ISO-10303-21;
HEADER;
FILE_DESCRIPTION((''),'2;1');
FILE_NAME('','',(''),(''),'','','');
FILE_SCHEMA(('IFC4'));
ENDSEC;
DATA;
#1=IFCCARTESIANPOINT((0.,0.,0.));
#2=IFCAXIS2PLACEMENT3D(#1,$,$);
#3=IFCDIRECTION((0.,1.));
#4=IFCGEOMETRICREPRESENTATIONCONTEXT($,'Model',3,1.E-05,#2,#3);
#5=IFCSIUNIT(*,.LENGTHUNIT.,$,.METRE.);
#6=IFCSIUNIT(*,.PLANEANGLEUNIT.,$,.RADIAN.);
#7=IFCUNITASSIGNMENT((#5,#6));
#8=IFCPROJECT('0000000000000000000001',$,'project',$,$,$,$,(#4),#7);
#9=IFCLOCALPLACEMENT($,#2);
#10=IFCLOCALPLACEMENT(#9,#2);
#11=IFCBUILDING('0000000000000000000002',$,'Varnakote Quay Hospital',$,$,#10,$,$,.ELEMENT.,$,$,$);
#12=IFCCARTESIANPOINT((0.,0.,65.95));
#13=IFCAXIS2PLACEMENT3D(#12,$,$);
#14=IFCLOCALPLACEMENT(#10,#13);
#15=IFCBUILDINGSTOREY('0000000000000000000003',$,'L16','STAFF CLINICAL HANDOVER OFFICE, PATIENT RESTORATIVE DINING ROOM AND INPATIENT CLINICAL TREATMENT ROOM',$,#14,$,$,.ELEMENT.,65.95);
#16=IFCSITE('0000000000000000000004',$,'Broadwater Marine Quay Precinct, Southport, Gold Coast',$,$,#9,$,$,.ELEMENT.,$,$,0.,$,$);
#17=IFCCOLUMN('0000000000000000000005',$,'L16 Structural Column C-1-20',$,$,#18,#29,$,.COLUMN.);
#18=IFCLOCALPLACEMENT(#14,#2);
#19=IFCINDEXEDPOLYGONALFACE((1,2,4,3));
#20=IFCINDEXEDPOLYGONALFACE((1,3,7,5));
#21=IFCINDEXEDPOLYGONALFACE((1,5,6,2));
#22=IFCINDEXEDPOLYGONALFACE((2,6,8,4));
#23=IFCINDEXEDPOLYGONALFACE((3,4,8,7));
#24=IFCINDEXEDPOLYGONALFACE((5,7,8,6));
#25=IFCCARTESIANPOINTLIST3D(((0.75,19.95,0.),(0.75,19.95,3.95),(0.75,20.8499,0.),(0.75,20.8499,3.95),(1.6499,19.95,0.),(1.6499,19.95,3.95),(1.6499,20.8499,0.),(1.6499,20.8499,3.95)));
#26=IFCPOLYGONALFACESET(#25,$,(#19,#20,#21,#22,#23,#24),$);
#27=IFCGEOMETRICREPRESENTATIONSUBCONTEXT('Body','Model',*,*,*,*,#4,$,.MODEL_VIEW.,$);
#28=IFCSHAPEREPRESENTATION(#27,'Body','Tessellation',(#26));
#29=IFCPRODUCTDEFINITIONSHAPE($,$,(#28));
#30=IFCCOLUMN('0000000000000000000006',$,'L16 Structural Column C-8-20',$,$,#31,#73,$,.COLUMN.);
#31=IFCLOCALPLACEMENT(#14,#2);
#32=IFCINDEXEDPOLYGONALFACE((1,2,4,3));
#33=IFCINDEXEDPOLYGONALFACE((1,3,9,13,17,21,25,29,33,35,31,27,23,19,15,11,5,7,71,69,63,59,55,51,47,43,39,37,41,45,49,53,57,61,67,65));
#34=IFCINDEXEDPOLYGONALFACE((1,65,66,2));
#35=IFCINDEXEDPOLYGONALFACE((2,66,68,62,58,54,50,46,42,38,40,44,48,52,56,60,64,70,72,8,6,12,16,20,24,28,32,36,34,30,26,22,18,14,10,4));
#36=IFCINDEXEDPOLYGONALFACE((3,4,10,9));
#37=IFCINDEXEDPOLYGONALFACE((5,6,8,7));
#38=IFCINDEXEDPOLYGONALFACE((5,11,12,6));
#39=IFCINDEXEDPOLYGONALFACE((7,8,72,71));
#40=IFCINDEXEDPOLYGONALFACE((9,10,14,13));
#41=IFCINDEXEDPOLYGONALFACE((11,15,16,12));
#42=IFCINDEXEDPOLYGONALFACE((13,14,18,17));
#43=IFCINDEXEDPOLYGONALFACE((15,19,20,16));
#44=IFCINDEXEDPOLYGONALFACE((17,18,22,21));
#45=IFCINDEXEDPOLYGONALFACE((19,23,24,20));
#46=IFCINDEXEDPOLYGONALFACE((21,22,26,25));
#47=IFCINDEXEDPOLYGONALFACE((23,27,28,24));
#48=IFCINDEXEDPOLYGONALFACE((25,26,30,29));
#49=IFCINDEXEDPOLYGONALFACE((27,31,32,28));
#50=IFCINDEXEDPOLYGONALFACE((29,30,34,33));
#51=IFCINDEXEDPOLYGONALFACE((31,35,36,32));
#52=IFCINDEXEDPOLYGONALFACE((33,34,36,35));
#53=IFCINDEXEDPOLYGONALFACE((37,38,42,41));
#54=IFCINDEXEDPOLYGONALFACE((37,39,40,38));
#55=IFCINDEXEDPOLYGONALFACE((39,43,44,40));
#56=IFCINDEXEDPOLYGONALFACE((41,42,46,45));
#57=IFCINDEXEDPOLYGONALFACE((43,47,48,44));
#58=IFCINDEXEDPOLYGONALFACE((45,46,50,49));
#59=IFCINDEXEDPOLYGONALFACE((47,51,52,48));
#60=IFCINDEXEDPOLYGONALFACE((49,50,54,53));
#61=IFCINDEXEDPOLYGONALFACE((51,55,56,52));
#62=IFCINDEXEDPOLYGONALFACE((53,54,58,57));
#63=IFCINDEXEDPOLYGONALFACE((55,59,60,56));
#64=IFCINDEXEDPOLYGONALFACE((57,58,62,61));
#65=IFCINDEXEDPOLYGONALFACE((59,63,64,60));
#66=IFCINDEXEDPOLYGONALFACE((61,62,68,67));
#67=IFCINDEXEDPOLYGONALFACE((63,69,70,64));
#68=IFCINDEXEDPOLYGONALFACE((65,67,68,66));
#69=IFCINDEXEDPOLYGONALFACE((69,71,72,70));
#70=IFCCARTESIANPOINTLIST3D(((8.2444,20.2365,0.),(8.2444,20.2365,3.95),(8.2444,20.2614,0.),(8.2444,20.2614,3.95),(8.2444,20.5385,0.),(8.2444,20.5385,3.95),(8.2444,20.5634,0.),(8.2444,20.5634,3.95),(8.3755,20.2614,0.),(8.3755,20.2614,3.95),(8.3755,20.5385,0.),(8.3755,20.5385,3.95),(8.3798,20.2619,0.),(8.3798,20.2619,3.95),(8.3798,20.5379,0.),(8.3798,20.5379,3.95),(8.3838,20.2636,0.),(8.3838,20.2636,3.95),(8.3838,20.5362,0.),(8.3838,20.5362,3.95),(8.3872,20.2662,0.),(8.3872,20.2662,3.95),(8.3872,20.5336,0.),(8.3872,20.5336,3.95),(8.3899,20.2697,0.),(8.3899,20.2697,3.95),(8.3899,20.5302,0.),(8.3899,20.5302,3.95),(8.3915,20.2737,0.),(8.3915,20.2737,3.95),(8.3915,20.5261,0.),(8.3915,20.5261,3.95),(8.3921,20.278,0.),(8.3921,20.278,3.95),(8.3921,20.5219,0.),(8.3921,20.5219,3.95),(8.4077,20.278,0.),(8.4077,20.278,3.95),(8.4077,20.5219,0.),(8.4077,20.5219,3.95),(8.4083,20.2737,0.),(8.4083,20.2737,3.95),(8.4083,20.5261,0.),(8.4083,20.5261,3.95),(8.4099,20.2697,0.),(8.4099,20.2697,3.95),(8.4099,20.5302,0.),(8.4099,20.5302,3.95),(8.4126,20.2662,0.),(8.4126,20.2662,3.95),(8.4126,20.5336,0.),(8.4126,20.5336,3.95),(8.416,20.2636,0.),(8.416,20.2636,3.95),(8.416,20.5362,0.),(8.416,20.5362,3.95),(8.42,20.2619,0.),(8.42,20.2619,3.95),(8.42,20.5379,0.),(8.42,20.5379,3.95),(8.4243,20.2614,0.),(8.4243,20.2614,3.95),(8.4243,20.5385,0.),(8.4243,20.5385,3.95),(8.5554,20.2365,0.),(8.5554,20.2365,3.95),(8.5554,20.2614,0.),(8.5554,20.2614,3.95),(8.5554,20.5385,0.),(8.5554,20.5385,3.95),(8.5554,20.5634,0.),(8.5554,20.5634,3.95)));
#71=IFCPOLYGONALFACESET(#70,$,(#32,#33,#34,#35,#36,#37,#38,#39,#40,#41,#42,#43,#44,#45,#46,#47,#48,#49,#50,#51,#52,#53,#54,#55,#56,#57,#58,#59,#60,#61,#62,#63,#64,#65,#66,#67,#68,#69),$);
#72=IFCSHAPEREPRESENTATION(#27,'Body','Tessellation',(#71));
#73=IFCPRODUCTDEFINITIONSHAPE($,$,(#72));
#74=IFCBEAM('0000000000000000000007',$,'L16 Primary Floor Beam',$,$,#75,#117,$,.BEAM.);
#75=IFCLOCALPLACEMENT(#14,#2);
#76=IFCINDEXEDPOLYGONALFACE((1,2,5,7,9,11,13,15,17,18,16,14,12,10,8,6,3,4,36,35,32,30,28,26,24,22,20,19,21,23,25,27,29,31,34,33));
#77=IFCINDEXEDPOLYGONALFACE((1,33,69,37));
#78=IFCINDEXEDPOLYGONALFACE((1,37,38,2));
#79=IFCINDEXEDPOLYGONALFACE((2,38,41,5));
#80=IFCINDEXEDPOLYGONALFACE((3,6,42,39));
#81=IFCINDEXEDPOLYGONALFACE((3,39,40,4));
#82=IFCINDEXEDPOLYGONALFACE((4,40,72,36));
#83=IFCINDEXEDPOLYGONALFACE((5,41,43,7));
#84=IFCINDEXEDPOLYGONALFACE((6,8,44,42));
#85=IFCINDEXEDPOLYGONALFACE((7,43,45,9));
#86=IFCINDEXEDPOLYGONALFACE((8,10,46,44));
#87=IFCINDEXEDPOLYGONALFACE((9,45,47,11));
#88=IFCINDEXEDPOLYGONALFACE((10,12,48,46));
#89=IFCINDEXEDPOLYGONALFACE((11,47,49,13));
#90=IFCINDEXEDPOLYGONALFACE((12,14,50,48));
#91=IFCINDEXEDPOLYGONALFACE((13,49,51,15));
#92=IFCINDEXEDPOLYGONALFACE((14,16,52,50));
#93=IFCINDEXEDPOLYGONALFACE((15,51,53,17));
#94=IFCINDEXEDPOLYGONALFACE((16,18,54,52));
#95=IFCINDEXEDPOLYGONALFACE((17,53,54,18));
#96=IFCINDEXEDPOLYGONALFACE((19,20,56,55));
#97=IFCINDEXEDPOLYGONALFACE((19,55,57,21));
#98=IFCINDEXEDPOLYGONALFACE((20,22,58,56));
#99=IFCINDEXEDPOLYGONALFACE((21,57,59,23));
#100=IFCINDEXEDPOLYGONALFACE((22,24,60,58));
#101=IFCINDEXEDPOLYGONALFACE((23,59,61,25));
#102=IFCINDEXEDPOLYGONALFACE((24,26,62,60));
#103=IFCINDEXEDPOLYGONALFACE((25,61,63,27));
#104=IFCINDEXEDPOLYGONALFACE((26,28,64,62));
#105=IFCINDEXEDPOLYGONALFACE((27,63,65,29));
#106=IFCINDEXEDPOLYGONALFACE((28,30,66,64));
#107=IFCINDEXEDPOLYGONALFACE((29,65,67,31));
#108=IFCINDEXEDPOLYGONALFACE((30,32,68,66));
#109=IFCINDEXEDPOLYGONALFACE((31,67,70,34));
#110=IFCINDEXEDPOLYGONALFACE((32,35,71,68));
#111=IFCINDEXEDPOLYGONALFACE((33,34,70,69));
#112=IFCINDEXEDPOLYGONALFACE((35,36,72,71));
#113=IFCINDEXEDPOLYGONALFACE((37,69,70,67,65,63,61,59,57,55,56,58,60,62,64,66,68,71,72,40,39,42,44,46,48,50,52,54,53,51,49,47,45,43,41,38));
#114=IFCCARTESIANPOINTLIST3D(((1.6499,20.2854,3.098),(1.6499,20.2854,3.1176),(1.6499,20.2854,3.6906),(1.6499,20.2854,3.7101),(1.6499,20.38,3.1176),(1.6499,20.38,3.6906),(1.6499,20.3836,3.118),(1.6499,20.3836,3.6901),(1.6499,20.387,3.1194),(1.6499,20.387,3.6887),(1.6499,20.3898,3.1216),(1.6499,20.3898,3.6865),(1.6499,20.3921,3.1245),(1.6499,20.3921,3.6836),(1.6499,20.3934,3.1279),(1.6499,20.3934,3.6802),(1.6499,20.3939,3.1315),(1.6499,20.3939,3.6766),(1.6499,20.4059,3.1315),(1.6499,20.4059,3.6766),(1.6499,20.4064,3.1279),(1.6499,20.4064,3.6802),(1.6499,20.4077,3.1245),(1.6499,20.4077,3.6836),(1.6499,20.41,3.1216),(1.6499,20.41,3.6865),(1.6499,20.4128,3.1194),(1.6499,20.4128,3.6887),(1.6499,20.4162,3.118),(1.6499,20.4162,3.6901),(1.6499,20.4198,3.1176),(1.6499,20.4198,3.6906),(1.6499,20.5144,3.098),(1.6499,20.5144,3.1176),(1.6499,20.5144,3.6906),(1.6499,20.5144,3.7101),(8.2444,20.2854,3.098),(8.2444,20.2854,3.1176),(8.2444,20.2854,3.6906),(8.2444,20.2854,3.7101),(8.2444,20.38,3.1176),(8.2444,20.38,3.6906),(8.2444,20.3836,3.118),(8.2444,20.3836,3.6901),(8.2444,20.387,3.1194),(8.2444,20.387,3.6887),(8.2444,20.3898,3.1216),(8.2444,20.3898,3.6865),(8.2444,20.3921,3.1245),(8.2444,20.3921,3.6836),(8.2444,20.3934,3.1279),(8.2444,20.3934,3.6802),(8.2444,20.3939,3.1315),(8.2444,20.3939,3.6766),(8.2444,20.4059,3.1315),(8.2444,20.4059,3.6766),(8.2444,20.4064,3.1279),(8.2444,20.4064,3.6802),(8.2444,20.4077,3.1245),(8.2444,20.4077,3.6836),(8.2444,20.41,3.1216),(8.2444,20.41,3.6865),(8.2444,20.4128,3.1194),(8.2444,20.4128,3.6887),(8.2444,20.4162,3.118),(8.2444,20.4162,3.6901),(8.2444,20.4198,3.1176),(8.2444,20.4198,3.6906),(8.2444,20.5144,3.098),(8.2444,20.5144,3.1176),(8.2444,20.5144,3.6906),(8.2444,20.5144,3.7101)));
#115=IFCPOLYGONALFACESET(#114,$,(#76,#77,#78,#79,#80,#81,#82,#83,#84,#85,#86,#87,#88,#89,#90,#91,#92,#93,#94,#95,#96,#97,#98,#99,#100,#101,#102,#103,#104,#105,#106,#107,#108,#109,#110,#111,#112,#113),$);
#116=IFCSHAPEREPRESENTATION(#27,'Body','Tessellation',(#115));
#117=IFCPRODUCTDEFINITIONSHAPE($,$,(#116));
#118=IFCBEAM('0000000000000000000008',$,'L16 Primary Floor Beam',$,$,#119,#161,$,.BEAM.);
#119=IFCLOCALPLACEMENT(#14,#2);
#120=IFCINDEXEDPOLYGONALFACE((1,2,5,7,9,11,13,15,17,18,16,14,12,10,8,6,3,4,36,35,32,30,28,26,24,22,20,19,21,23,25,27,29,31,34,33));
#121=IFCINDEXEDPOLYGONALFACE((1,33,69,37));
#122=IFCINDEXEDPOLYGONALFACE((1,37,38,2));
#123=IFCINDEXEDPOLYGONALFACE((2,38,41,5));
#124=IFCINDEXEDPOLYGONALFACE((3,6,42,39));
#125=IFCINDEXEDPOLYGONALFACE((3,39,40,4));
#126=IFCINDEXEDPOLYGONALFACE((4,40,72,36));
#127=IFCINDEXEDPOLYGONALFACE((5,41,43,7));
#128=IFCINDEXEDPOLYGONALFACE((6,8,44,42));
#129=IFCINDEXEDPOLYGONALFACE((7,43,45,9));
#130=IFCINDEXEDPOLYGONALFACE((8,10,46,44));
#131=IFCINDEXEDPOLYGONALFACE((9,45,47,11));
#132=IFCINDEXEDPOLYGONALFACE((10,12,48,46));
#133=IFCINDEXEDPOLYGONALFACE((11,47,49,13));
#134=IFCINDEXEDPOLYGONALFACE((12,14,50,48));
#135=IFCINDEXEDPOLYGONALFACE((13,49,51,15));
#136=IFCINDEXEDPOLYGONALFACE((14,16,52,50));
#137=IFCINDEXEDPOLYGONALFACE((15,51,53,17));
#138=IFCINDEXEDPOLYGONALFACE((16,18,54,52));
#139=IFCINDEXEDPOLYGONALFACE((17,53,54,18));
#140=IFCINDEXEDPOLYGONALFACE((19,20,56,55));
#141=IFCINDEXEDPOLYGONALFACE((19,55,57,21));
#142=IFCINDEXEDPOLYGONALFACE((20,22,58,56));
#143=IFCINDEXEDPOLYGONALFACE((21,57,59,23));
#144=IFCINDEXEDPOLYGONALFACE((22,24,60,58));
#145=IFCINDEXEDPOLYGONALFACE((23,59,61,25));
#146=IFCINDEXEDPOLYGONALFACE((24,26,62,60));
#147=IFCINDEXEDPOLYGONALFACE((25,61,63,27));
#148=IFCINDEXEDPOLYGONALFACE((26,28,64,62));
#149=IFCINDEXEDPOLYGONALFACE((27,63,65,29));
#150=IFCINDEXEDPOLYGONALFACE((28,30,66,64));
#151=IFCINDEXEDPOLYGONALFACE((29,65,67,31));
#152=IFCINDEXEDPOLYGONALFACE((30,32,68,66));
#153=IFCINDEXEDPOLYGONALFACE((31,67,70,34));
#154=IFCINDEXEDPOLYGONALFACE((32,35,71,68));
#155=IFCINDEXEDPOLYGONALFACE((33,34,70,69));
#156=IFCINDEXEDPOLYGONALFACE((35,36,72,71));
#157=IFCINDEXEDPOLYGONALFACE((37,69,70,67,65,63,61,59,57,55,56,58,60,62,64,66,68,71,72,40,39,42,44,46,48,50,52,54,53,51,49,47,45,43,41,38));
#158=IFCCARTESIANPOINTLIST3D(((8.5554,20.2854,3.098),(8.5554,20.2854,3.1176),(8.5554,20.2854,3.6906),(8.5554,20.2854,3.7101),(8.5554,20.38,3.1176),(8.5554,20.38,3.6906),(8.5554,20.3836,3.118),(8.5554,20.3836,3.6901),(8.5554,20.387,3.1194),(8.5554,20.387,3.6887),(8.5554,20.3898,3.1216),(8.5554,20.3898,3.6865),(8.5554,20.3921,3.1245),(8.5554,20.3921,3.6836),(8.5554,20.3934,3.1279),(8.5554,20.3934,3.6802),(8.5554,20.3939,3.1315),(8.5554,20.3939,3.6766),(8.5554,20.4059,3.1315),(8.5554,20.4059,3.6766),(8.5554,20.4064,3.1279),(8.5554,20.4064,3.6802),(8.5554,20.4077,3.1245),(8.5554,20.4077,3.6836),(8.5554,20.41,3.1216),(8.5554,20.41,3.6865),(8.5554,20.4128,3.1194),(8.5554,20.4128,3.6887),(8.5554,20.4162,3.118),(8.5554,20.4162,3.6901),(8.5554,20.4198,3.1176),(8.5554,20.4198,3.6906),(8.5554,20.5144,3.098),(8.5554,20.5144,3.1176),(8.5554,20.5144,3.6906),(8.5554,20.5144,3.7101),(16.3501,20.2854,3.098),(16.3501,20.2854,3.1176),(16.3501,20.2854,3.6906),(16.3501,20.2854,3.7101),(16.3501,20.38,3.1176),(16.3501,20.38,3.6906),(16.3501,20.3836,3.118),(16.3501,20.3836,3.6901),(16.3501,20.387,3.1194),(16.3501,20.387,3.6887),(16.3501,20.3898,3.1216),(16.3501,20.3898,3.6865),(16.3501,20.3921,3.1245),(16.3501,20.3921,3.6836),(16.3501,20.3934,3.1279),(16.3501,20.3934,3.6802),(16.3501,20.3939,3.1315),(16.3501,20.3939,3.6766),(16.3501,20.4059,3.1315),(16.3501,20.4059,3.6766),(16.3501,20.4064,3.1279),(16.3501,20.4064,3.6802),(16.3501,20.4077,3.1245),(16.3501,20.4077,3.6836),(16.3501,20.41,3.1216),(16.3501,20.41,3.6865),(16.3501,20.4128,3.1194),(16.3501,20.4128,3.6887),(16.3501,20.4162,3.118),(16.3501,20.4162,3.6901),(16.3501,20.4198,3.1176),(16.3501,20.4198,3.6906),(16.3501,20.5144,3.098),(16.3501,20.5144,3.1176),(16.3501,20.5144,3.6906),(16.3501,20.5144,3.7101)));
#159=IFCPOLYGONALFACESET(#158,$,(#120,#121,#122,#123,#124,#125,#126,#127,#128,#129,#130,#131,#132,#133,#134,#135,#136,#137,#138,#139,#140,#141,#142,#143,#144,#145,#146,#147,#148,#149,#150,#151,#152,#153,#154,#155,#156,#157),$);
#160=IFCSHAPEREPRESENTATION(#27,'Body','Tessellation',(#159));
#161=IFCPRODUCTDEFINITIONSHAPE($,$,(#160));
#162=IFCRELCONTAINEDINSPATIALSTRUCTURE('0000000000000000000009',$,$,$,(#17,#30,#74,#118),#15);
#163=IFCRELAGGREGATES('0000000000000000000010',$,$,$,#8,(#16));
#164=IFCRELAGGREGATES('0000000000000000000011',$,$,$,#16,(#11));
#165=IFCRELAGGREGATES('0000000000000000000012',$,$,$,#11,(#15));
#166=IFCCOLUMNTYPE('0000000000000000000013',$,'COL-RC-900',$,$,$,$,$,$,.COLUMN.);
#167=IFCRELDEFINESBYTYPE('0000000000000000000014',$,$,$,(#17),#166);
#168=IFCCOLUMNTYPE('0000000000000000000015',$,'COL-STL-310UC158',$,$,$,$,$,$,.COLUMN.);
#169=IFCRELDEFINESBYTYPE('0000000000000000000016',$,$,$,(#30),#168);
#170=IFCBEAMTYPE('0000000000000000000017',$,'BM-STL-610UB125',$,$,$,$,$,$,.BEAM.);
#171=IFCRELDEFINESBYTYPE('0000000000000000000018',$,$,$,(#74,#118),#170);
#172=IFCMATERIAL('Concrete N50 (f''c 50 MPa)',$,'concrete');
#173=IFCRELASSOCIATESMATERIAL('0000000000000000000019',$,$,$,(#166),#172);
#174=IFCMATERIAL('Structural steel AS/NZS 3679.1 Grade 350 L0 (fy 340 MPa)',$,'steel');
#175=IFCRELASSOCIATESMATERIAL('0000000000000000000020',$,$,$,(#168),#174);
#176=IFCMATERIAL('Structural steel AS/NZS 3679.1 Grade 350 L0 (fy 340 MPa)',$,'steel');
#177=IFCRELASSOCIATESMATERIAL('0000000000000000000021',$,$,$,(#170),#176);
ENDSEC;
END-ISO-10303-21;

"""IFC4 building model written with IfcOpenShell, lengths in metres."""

from ifc_helpers import new_model, si_unit, direction, frame, origin, origin_2d, place, context, subcontext, project, spatial, rectangle, i_section, extrude, material, material_profile, profile_set, type_object, element, save


model = new_model("IFC4")

# Units and contexts
model_context = context("Model", 3, precision=1e-05, world=origin(), true_north=direction((0.0, 1.0)))
body_context = subcontext(model_context, "Body", "Model", "MODEL_VIEW")
ifc_project = project(units=[si_unit("LENGTHUNIT", "METRE"), si_unit("PLANEANGLEUNIT", "RADIAN")], contexts=[model_context])

# Site, building, storey
site_placement = place(None, origin())
site = spatial("IfcSite", under=ifc_project, at=site_placement, Name="Broadwater Marine Quay Precinct, Southport, Gold Coast", CompositionType="ELEMENT", RefElevation=0.0)
building_placement = place(site_placement, origin())
building = spatial("IfcBuilding", under=site, at=building_placement, Name="Varnakote Quay Hospital", CompositionType="ELEMENT")
storey_placement = place(building_placement, frame((0.0, 0.0, 65.95)))
storey = spatial("IfcBuildingStorey", under=building, at=storey_placement, Name="L16", Description="STAFF CLINICAL HANDOVER OFFICE, PATIENT RESTORATIVE DINING ROOM AND INPATIENT CLINICAL TREATMENT ROOM", CompositionType="ELEMENT", Elevation=65.95)

# Columns
ifc_material_1 = material(Name="Concrete N50 (f'c 50 MPa)", Category="concrete")
ifc_material_profile_1 = material_profile(ifc_material_1, rectangle(XDim=0.8999, YDim=0.8999, at=origin_2d()), Name="RC-COL-900x900")
ifc_profile_set_1 = profile_set([ifc_material_profile_1], Name="Concrete N50 (f'c 50 MPa)")
column_type_1 = type_object("IfcColumnType", Name="COL-RC-900", PredefinedType="COLUMN", material=ifc_profile_set_1)
column_1_placement = place(storey_placement, frame((1.2, 20.3999, 0.0), z_axis=(0.0, 0.0, 1.0), x_axis=(1.0, 0.0, 0.0)))
element("IfcColumn", 1, at=column_1_placement, inside=storey, type_object=column_type_1, Name="L16 Structural Column C-1-20", PredefinedType="COLUMN", context=body_context, shape_type="SweptSolid", body=[
    extrude(rectangle(XDim=0.8999, YDim=0.8999, at=origin_2d()), origin(), (0.0, 0.0, 1.0), 3.95),
])
ifc_material_2 = material(Name="Structural steel AS/NZS 3679.1 Grade 350 L0 (fy 340 MPa)", Category="steel")
ifc_material_profile_2 = material_profile(ifc_material_2, i_section(OverallWidth=0.311, OverallDepth=0.3269, WebThickness=0.0156, FlangeThickness=0.0249, FilletRadius=0.0166, at=origin_2d()), Name="310UC158")
ifc_profile_set_2 = profile_set([ifc_material_profile_2], Name="Structural steel AS/NZS 3679.1 Grade 350 L0 (fy 340 MPa)")
column_type_2 = type_object("IfcColumnType", Name="COL-STL-310UC158", PredefinedType="COLUMN", material=ifc_profile_set_2)
column_2_placement = place(storey_placement, frame((8.3999, 20.3999, 0.0), z_axis=(0.0, 0.0, 1.0), x_axis=(1.0, 0.0, 0.0)))
element("IfcColumn", 2, at=column_2_placement, inside=storey, type_object=column_type_2, Name="L16 Structural Column C-8-20", PredefinedType="COLUMN", context=body_context, shape_type="SweptSolid", body=[
    extrude(i_section(OverallWidth=0.311, OverallDepth=0.3269, WebThickness=0.0156, FlangeThickness=0.0249, FilletRadius=0.0166, at=origin_2d()), origin(), (0.0, 0.0, 1.0), 3.95),
])

# Beams
ifc_material_3 = material(Name="Structural steel AS/NZS 3679.1 Grade 350 L0 (fy 340 MPa)", Category="steel")
ifc_material_profile_3 = material_profile(ifc_material_3, i_section(OverallWidth=0.229, OverallDepth=0.6121, WebThickness=0.012, FlangeThickness=0.0195, FilletRadius=0.0139, at=origin_2d()), Name="610UB125")
ifc_profile_set_3 = profile_set([ifc_material_profile_3], Name="Structural steel AS/NZS 3679.1 Grade 350 L0 (fy 340 MPa)")
beam_type_1 = type_object("IfcBeamType", Name="BM-STL-610UB125", PredefinedType="BEAM", material=ifc_profile_set_3)
beam_1_placement = place(storey_placement, frame((1.6499, 20.3999, 3.4041), z_axis=(1.0, 0.0, 0.0), x_axis=(0.0, 1.0, 0.0)))
element("IfcBeam", 3, at=beam_1_placement, inside=storey, type_object=beam_type_1, Name="L16 Primary Floor Beam", PredefinedType="BEAM", context=body_context, shape_type="SweptSolid", body=[
    extrude(i_section(OverallWidth=0.229, OverallDepth=0.6121, WebThickness=0.012, FlangeThickness=0.0195, FilletRadius=0.0139, at=origin_2d()), origin(), (0.0, 0.0, 1.0), 6.5945),
])
beam_2_placement = place(storey_placement, frame((8.5554, 20.3999, 3.4041), z_axis=(1.0, 0.0, 0.0), x_axis=(0.0, 1.0, 0.0)))
element("IfcBeam", 4, at=beam_2_placement, inside=storey, type_object=beam_type_1, Name="L16 Primary Floor Beam", PredefinedType="BEAM", context=body_context, shape_type="SweptSolid", body=[
    extrude(i_section(OverallWidth=0.229, OverallDepth=0.6121, WebThickness=0.012, FlangeThickness=0.0195, FilletRadius=0.0139, at=origin_2d()), origin(), (0.0, 0.0, 1.0), 7.7947),
])

save(model, "model.ifc")
